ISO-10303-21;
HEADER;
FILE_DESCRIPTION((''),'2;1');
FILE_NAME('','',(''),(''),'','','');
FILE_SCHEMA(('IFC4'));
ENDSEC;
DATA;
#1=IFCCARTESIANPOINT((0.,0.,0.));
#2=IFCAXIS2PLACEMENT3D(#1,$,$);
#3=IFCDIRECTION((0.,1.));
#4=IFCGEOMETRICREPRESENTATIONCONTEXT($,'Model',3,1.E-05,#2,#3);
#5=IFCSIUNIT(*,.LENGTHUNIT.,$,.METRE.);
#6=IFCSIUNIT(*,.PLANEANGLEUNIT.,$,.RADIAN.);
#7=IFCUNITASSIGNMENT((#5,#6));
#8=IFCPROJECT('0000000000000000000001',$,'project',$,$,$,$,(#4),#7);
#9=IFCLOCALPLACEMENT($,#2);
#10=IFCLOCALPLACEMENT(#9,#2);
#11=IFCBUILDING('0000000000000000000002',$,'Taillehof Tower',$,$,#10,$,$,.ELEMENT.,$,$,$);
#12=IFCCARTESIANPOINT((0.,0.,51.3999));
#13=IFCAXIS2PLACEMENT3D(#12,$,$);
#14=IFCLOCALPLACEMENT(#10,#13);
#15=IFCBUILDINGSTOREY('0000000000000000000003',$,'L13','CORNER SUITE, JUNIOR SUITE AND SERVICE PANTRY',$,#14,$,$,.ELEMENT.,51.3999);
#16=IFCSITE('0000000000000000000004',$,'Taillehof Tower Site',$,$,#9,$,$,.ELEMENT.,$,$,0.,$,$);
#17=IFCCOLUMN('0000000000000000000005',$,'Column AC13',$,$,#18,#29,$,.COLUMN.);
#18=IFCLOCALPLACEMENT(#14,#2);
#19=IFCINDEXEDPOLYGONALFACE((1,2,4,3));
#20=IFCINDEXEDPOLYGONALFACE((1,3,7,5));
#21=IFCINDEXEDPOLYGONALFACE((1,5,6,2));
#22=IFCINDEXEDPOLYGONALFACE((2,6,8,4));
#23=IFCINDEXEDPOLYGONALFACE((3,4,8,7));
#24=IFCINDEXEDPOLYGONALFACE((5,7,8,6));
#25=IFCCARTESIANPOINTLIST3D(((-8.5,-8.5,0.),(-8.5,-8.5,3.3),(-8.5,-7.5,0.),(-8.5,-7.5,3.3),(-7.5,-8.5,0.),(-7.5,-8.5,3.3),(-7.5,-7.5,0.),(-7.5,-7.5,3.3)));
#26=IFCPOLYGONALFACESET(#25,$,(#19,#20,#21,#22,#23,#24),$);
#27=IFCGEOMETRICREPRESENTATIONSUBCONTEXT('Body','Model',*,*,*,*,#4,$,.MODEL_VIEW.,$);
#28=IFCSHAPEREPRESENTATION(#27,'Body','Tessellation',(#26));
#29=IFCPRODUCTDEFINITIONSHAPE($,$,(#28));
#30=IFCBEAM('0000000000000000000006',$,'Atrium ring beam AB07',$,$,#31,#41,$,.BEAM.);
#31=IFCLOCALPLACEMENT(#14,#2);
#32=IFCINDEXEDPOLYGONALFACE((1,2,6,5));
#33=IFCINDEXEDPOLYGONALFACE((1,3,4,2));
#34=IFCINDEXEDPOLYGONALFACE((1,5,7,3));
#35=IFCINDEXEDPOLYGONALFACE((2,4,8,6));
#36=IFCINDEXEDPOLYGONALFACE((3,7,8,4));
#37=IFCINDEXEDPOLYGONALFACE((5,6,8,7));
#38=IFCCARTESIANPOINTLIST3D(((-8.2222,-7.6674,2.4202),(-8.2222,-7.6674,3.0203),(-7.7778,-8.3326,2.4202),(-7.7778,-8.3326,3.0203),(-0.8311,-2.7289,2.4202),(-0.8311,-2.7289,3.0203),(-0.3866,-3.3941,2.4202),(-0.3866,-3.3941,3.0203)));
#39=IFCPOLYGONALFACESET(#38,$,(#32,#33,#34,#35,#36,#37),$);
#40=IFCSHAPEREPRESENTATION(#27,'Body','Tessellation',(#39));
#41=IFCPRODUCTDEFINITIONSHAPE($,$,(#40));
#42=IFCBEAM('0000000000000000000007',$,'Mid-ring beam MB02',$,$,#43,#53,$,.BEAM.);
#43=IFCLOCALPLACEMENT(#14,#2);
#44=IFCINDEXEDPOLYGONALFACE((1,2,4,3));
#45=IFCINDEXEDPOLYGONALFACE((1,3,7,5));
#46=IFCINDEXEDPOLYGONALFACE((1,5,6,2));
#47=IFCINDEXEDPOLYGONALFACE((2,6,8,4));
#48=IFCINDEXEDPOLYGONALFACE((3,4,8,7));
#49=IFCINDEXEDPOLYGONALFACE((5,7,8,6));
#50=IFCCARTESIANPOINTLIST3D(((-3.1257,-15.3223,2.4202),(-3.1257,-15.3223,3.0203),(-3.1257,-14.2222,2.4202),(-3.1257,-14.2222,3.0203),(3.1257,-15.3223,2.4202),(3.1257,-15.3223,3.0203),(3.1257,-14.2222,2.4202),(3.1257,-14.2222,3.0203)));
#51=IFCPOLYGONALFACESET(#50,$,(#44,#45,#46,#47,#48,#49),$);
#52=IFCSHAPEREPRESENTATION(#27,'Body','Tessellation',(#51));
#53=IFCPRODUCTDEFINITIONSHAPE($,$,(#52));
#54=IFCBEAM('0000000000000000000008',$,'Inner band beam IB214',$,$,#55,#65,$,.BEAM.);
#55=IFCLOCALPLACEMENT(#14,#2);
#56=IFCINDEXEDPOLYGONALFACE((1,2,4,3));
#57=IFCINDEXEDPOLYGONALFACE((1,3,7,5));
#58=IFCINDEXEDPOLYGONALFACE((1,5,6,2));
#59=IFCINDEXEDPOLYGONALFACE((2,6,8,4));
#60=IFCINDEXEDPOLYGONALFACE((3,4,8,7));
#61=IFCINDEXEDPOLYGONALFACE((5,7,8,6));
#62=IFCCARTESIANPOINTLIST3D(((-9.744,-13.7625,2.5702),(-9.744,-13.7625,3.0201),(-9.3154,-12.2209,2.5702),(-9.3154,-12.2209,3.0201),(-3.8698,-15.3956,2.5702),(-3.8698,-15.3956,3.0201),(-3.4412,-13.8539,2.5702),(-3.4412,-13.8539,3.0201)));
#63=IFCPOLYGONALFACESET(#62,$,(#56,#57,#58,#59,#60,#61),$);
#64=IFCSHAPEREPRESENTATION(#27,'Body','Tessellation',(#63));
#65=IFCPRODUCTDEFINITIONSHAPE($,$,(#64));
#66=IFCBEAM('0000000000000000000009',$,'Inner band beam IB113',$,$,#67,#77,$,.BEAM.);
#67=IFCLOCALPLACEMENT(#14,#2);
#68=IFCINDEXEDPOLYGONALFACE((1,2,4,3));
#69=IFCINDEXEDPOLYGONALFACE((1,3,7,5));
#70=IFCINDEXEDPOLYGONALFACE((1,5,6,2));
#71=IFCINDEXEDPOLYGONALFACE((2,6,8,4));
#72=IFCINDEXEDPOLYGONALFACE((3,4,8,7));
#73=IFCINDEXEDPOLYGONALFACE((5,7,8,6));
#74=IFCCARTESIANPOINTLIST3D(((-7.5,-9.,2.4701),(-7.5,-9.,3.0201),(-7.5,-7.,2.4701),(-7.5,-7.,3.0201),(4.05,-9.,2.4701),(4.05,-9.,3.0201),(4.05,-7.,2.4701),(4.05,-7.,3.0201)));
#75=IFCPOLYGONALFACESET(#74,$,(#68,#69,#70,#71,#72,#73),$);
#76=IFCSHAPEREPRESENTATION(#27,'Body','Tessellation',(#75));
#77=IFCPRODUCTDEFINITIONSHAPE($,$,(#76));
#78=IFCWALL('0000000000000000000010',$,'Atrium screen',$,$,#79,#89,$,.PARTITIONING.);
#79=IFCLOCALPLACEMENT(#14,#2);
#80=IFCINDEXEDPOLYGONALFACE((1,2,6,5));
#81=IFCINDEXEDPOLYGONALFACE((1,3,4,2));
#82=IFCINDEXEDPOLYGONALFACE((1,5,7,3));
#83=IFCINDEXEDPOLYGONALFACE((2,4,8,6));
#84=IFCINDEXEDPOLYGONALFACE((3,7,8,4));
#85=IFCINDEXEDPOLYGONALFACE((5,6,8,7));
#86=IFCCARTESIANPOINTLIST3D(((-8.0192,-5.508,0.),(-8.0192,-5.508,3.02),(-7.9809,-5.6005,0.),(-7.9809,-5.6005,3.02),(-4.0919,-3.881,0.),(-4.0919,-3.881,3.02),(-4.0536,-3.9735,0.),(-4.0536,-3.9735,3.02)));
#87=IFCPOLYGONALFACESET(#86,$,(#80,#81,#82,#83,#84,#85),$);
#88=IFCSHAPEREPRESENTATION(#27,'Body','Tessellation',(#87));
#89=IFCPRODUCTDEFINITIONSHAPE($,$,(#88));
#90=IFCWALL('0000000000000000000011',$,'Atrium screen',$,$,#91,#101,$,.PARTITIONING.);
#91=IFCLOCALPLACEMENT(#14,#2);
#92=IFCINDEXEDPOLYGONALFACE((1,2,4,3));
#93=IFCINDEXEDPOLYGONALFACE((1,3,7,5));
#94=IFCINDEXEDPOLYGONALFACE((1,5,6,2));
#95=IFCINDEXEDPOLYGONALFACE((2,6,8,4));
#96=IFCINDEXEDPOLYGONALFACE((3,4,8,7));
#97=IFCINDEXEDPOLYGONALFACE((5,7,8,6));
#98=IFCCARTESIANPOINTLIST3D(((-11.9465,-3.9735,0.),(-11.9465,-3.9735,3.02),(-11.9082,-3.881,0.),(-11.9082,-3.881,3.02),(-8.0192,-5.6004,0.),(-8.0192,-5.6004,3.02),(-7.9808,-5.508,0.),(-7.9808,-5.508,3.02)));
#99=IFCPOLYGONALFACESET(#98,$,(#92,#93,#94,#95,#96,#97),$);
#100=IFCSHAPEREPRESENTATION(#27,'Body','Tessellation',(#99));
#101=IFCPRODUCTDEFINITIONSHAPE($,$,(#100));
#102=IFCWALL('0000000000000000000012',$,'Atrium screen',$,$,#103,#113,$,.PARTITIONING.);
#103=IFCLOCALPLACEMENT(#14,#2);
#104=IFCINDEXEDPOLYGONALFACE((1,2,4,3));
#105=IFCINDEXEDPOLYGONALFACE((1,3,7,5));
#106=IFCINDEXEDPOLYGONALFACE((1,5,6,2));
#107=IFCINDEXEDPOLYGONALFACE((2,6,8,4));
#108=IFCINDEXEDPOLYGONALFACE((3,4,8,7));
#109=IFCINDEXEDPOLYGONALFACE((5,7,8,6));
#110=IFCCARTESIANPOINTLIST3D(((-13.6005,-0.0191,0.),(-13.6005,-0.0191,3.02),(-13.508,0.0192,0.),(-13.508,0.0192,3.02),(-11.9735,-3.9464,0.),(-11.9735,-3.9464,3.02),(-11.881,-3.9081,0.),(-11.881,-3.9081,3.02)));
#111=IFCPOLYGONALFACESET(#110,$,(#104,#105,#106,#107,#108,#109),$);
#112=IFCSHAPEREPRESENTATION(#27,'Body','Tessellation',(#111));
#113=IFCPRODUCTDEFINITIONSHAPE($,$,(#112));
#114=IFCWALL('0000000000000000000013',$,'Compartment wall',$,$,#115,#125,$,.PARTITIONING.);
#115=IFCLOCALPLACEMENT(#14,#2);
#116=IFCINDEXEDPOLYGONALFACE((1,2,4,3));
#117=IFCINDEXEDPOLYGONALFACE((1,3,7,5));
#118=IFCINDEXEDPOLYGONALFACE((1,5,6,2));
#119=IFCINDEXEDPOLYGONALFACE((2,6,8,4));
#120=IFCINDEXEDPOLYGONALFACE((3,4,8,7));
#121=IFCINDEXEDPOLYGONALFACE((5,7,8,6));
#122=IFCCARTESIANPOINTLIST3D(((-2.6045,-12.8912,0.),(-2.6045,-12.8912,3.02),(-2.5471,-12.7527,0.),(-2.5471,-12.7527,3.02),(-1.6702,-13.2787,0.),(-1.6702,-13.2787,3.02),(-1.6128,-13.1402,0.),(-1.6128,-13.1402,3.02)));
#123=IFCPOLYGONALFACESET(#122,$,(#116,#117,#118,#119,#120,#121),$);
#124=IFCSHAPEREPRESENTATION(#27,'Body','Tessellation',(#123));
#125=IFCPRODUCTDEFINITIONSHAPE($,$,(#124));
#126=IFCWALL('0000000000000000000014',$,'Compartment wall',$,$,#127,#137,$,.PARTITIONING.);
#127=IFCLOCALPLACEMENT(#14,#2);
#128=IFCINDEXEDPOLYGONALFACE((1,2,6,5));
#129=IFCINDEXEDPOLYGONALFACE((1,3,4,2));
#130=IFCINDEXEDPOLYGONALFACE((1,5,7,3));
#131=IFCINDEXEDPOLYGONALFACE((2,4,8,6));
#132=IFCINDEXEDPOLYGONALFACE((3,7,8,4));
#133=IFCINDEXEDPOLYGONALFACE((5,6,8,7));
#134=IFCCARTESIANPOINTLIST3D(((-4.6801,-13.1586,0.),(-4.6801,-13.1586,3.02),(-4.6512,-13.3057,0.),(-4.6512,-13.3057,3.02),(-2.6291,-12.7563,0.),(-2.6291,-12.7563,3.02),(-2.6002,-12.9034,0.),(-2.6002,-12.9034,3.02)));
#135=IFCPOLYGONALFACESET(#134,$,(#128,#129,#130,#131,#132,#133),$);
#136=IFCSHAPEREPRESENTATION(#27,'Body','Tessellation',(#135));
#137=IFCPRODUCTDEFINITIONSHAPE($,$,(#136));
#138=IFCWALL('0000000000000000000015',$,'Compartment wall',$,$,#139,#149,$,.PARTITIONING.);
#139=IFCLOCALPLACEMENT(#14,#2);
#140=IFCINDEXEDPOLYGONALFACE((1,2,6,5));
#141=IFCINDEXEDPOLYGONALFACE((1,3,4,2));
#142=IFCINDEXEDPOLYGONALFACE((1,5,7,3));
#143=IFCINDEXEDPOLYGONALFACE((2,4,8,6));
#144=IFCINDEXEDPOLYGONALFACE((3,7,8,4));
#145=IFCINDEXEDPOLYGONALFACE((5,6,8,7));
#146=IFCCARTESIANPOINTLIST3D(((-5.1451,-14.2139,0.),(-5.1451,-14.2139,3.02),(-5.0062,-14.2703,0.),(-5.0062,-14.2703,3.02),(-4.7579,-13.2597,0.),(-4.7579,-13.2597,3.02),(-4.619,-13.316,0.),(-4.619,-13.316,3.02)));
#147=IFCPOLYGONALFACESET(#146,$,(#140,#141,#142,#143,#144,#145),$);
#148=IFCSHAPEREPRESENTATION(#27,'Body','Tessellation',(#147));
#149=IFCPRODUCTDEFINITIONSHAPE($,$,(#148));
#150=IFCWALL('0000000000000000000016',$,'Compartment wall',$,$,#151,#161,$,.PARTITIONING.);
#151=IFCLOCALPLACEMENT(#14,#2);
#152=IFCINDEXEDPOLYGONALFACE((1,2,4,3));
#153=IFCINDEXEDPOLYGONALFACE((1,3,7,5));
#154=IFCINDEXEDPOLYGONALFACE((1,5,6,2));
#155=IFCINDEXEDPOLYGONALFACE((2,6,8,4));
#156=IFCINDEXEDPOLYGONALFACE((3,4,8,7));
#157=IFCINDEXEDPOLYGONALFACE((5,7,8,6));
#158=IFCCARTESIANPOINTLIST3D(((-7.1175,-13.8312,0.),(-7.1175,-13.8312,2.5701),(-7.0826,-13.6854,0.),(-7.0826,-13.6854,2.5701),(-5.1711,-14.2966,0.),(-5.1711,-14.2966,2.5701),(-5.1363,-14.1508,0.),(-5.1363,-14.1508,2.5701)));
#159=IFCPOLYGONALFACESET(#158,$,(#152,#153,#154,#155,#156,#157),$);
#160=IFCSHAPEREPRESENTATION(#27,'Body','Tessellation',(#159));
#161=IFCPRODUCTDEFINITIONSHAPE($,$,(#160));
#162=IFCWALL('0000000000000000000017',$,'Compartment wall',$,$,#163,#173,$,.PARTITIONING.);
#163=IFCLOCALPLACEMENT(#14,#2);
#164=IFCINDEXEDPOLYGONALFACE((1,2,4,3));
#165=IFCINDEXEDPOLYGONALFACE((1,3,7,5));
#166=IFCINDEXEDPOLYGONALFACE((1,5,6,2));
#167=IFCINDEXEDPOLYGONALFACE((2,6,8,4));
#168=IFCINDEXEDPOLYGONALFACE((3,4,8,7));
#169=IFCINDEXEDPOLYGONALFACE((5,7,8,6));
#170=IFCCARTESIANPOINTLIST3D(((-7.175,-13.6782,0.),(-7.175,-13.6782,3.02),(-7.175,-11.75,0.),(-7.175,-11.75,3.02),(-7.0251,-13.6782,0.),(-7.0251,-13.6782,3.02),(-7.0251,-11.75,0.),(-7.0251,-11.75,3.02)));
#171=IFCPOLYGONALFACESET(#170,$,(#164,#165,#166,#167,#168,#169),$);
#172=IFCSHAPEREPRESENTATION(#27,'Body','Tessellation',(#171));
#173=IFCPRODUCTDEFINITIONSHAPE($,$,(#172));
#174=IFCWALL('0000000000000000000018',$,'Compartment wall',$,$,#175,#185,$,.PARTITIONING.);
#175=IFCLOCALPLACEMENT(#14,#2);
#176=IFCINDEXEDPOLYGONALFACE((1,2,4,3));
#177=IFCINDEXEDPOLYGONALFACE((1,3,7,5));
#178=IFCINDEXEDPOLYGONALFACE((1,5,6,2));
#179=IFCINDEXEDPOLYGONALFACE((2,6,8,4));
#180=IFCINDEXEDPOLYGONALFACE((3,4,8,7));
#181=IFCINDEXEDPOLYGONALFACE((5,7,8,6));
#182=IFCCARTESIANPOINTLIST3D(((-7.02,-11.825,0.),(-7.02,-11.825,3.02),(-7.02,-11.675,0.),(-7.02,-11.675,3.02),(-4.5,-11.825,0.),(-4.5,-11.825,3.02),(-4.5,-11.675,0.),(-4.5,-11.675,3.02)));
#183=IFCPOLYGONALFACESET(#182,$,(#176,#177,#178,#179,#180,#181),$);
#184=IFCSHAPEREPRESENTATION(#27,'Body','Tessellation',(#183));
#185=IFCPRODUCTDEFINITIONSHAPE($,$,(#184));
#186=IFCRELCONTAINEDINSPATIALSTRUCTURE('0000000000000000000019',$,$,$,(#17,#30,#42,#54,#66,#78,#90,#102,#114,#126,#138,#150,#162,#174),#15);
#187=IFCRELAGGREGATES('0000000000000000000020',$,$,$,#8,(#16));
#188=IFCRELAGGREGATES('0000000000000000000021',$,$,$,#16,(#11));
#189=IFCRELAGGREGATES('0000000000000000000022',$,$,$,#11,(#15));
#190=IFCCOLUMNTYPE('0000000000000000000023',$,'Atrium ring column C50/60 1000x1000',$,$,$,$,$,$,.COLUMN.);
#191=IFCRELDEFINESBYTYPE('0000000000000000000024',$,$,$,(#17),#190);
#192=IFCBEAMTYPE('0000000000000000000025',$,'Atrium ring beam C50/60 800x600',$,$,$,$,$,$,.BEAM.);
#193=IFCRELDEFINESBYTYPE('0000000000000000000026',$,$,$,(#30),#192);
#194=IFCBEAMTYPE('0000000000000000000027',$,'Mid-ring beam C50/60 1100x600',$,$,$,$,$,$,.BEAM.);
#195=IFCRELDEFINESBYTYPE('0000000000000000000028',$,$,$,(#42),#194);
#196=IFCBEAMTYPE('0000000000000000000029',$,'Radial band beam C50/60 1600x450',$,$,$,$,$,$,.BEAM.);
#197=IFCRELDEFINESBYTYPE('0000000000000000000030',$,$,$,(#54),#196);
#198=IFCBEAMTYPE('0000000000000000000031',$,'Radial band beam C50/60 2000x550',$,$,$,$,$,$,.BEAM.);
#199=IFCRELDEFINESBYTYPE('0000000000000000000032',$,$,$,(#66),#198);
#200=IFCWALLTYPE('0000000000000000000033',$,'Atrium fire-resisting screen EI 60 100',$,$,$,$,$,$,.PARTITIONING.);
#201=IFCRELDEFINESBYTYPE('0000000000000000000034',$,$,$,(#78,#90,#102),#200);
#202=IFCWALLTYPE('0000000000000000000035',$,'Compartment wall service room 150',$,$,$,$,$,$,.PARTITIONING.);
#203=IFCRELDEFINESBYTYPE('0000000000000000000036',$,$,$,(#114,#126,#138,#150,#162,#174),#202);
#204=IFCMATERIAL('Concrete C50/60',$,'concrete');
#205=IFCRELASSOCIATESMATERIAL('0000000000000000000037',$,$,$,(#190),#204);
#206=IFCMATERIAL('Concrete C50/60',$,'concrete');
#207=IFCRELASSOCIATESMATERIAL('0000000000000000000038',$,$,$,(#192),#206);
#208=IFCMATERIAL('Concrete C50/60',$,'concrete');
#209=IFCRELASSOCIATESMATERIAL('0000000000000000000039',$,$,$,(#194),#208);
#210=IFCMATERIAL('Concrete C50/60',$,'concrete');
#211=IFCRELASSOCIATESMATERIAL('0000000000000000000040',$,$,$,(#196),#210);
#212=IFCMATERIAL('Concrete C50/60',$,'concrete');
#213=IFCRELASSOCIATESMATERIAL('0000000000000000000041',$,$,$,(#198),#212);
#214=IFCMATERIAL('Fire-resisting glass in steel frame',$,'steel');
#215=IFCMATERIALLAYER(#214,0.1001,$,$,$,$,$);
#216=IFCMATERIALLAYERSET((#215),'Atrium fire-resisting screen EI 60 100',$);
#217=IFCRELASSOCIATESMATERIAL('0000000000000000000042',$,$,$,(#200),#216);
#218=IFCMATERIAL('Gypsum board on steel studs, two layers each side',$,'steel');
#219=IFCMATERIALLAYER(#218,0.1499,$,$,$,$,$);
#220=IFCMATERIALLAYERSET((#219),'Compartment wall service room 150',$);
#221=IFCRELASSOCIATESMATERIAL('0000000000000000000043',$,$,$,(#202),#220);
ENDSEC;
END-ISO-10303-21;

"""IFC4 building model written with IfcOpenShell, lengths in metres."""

from ifc_helpers import new_model, si_unit, direction, frame, frame_2d, origin, origin_2d, place, context, subcontext, project, spatial, rectangle, extrude, material, layer, layer_set, material_profile, profile_set, type_object, element, save


model = new_model("IFC4")

# Units and contexts
model_context = context("Model", 3, precision=1e-05, world=origin(), true_north=direction((0.0, 1.0)))
body_context = subcontext(model_context, "Body", "Model", "MODEL_VIEW")
ifc_project = project(units=[si_unit("LENGTHUNIT", "METRE"), si_unit("PLANEANGLEUNIT", "RADIAN")], contexts=[model_context])

# Site, building, storey
site_placement = place(None, origin())
site = spatial("IfcSite", under=ifc_project, at=site_placement, Name="Taillehof Tower Site", CompositionType="ELEMENT", RefElevation=0.0)
building_placement = place(site_placement, origin())
building = spatial("IfcBuilding", under=site, at=building_placement, Name="Taillehof Tower", CompositionType="ELEMENT")
storey_placement = place(building_placement, frame((0.0, 0.0, 51.3999)))
storey = spatial("IfcBuildingStorey", under=building, at=storey_placement, Name="L13", Description="CORNER SUITE, JUNIOR SUITE AND SERVICE PANTRY", CompositionType="ELEMENT", Elevation=51.3999)

# Column
ifc_material_1 = material(Name="Concrete C50/60", Category="concrete")
ifc_material_profile_1 = material_profile(ifc_material_1, rectangle(XDim=1.0, YDim=1.0, at=origin_2d()), Name="RC 1000x1000")
ifc_profile_set_1 = profile_set([ifc_material_profile_1], Name="Concrete C50/60")
column_type = type_object("IfcColumnType", Name="Atrium ring column C50/60 1000x1000", PredefinedType="COLUMN", material=ifc_profile_set_1)
column_placement = place(storey_placement, frame((-8.0, -8.0, 0.0), z_axis=(0.0, 0.0, 1.0), x_axis=(1.0, 0.0, 0.0)))
element("IfcColumn", 1, at=column_placement, inside=storey, type_object=column_type, Name="Column AC13", PredefinedType="COLUMN", context=body_context, shape_type="SweptSolid", body=[
    extrude(rectangle(XDim=1.0, YDim=1.0, at=origin_2d()), origin(), (0.0, 0.0, 1.0), 3.3),
])

# Beams
ifc_material_2 = material(Name="Concrete C50/60", Category="concrete")
ifc_material_profile_2 = material_profile(ifc_material_2, rectangle(XDim=0.8, YDim=0.6001, at=origin_2d()), Name="RC 800x600")
ifc_profile_set_2 = profile_set([ifc_material_profile_2], Name="Concrete C50/60")
beam_type_1 = type_object("IfcBeamType", Name="Atrium ring beam C50/60 800x600", PredefinedType="BEAM", material=ifc_profile_set_2)
beam_1_placement = place(storey_placement, frame((-8.0, -8.0, 2.7202), z_axis=(0.831475, 0.555562, 0.0), x_axis=(-0.555562, 0.831475, 0.0)))
element("IfcBeam", 2, at=beam_1_placement, inside=storey, type_object=beam_type_1, Name="Atrium ring beam AB07", PredefinedType="BEAM", context=body_context, shape_type="SweptSolid", body=[
    extrude(rectangle(XDim=0.8, YDim=0.6001, at=origin_2d()), origin(), (0.0, 0.0, 1.0), 8.8892),
])
ifc_material_3 = material(Name="Concrete C50/60", Category="concrete")
ifc_material_profile_3 = material_profile(ifc_material_3, rectangle(XDim=1.1001, YDim=0.6001, at=origin_2d()), Name="RC 1100x600")
ifc_profile_set_3 = profile_set([ifc_material_profile_3], Name="Concrete C50/60")
beam_type_2 = type_object("IfcBeamType", Name="Mid-ring beam C50/60 1100x600", PredefinedType="BEAM", material=ifc_profile_set_3)
beam_2_placement = place(storey_placement, frame((-3.1257, -14.7722, 2.7202), z_axis=(1.0, 0.0, 0.0), x_axis=(0.0, 1.0, 0.0)))
element("IfcBeam", 3, at=beam_2_placement, inside=storey, type_object=beam_type_2, Name="Mid-ring beam MB02", PredefinedType="BEAM", context=body_context, shape_type="SweptSolid", body=[
    extrude(rectangle(XDim=1.1001, YDim=0.6001, at=origin_2d()), origin(), (0.0, 0.0, 1.0), 6.2515),
])
ifc_material_4 = material(Name="Concrete C50/60", Category="concrete")
ifc_material_profile_4 = material_profile(ifc_material_4, rectangle(XDim=1.6001, YDim=0.45, at=origin_2d()), Name="RC 1600x450")
ifc_profile_set_4 = profile_set([ifc_material_profile_4], Name="Concrete C50/60")
beam_type_3 = type_object("IfcBeamType", Name="Radial band beam C50/60 1600x450", PredefinedType="BEAM", material=ifc_profile_set_4)
beam_3_placement = place(storey_placement, frame((-3.6555, -14.6248, 2.7952), z_axis=(-0.963459, 0.267855, 0.0), x_axis=(-0.267855, -0.963459, 0.0)))
element("IfcBeam", 4, at=beam_3_placement, inside=storey, type_object=beam_type_3, Name="Inner band beam IB214", PredefinedType="BEAM", context=body_context, shape_type="SweptSolid", body=[
    extrude(rectangle(XDim=1.6001, YDim=0.45, at=origin_2d()), origin(), (0.0, 0.0, 1.0), 6.0969),
])
ifc_material_5 = material(Name="Concrete C50/60", Category="concrete")
ifc_material_profile_5 = material_profile(ifc_material_5, rectangle(XDim=2.0, YDim=0.55, at=origin_2d()), Name="RC 2000x550")
ifc_profile_set_5 = profile_set([ifc_material_profile_5], Name="Concrete C50/60")
beam_type_4 = type_object("IfcBeamType", Name="Radial band beam C50/60 2000x550", PredefinedType="BEAM", material=ifc_profile_set_5)
beam_4_placement = place(storey_placement, frame((-7.5, -8.0, 2.7451), z_axis=(1.0, 0.0, 0.0), x_axis=(0.0, 1.0, 0.0)))
element("IfcBeam", 5, at=beam_4_placement, inside=storey, type_object=beam_type_4, Name="Inner band beam IB113", PredefinedType="BEAM", context=body_context, shape_type="SweptSolid", body=[
    extrude(rectangle(XDim=2.0, YDim=0.55, at=origin_2d()), origin(), (0.0, 0.0, 1.0), 11.55),
])

# Walls
ifc_material_6 = material(Name="Fire-resisting glass in steel frame", Category="steel")
ifc_layer_1 = layer(ifc_material_6, 0.1001)
ifc_layer_set_1 = layer_set([ifc_layer_1], Name="Atrium fire-resisting screen EI 60 100")
wall_type_1 = type_object("IfcWallType", Name="Atrium fire-resisting screen EI 60 100", PredefinedType="PARTITIONING", material=ifc_layer_set_1)
for number, where, z_axis, x_axis, name in (
    (6, (-4.0728, -3.9272, 0.0), (0.0, 0.0, 1.0), (-0.92386, -0.382731, 0.0), "Atrium screen"),
    (7, (-8.0, -5.5542, 0.0), (0.0, 0.0, 1.0), (-0.92386, 0.382731, 0.0), "Atrium screen"),
    (8, (-11.9272, -3.9272, 0.0), (0.0, 0.0, 1.0), (-0.382731, 0.92386, 0.0), "Atrium screen"),
):
    element("IfcWall", number, at=place(storey_placement, frame(where, z_axis=z_axis, x_axis=x_axis)), inside=storey, type_object=wall_type_1, Name=name, PredefinedType="PARTITIONING", context=body_context, shape_type="SweptSolid", body=[
        extrude(rectangle(XDim=4.251, YDim=0.1001, at=frame_2d((2.1255, 0.0))), origin(), (0.0, 0.0, 1.0), 3.02),
    ])
ifc_material_7 = material(Name="Gypsum board on steel studs, two layers each side", Category="steel")
ifc_layer_2 = layer(ifc_material_7, 0.1499)
ifc_layer_set_2 = layer_set([ifc_layer_2], Name="Compartment wall service room 150")
wall_type_2 = type_object("IfcWallType", Name="Compartment wall service room 150", PredefinedType="PARTITIONING", material=ifc_layer_set_2)
wall_1_placement = place(storey_placement, frame((-1.6414, -13.2095, 0.0), z_axis=(0.0, 0.0, 1.0), x_axis=(-0.923725, 0.383055, 0.0)))
element("IfcWall", 9, at=wall_1_placement, inside=storey, type_object=wall_type_2, Name="Compartment wall", PredefinedType="PARTITIONING", context=body_context, shape_type="SweptSolid", body=[
    extrude(rectangle(XDim=1.0115, YDim=0.1499, at=frame_2d((0.5059, 0.0))), origin(), (0.0, 0.0, 1.0), 3.02),
])
wall_2_placement = place(storey_placement, frame((-2.6147, -12.8298, 0.0), z_axis=(0.0, 0.0, 1.0), x_axis=(-0.981297, -0.192498, 0.0)))
element("IfcWall", 10, at=wall_2_placement, inside=storey, type_object=wall_type_2, Name="Compartment wall", PredefinedType="PARTITIONING", context=body_context, shape_type="SweptSolid", body=[
    extrude(rectangle(XDim=2.0901, YDim=0.1499, at=frame_2d((1.0449, 0.0))), origin(), (0.0, 0.0, 1.0), 3.02),
])
wall_3_placement = place(storey_placement, frame((-4.6885, -13.2878, 0.0), z_axis=(0.0, 0.0, 1.0), x_axis=(-0.375964, -0.926634, 0.0)))
element("IfcWall", 11, at=wall_3_placement, inside=storey, type_object=wall_type_2, Name="Compartment wall", PredefinedType="PARTITIONING", context=body_context, shape_type="SweptSolid", body=[
    extrude(rectangle(XDim=1.0298, YDim=0.1499, at=frame_2d((0.5149, 0.0))), origin(), (0.0, 0.0, 1.0), 3.02),
])
wall_4_placement = place(storey_placement, frame((-5.1538, -14.2236, 0.0), z_axis=(0.0, 0.0, 1.0), x_axis=(-0.972588, 0.232533, 0.0)))
element("IfcWall", 12, at=wall_4_placement, inside=storey, type_object=wall_type_2, Name="Compartment wall", PredefinedType="PARTITIONING", context=body_context, shape_type="SweptSolid", body=[
    extrude(rectangle(XDim=2.0012, YDim=0.1499, at=frame_2d((1.0005, 0.0))), origin(), (0.0, 0.0, 1.0), 2.5701),
])
wall_5_placement = place(storey_placement, frame((-7.1001, -13.6782, 0.0), z_axis=(0.0, 0.0, 1.0), x_axis=(0.0, 1.0, 0.0)))
element("IfcWall", 13, at=wall_5_placement, inside=storey, type_object=wall_type_2, Name="Compartment wall", PredefinedType="PARTITIONING", context=body_context, shape_type="SweptSolid", body=[
    extrude(rectangle(XDim=1.9282, YDim=0.1499, at=frame_2d((0.9641, 0.0))), origin(), (0.0, 0.0, 1.0), 3.02),
])
wall_6_placement = place(storey_placement, frame((-7.02, -11.75, 0.0), z_axis=(0.0, 0.0, 1.0), x_axis=(1.0, 0.0, 0.0)))
element("IfcWall", 14, at=wall_6_placement, inside=storey, type_object=wall_type_2, Name="Compartment wall", PredefinedType="PARTITIONING", context=body_context, shape_type="SweptSolid", body=[
    extrude(rectangle(XDim=2.52, YDim=0.1499, at=frame_2d((1.26, 0.0))), origin(), (0.0, 0.0, 1.0), 3.02),
])

save(model, "model.ifc")
